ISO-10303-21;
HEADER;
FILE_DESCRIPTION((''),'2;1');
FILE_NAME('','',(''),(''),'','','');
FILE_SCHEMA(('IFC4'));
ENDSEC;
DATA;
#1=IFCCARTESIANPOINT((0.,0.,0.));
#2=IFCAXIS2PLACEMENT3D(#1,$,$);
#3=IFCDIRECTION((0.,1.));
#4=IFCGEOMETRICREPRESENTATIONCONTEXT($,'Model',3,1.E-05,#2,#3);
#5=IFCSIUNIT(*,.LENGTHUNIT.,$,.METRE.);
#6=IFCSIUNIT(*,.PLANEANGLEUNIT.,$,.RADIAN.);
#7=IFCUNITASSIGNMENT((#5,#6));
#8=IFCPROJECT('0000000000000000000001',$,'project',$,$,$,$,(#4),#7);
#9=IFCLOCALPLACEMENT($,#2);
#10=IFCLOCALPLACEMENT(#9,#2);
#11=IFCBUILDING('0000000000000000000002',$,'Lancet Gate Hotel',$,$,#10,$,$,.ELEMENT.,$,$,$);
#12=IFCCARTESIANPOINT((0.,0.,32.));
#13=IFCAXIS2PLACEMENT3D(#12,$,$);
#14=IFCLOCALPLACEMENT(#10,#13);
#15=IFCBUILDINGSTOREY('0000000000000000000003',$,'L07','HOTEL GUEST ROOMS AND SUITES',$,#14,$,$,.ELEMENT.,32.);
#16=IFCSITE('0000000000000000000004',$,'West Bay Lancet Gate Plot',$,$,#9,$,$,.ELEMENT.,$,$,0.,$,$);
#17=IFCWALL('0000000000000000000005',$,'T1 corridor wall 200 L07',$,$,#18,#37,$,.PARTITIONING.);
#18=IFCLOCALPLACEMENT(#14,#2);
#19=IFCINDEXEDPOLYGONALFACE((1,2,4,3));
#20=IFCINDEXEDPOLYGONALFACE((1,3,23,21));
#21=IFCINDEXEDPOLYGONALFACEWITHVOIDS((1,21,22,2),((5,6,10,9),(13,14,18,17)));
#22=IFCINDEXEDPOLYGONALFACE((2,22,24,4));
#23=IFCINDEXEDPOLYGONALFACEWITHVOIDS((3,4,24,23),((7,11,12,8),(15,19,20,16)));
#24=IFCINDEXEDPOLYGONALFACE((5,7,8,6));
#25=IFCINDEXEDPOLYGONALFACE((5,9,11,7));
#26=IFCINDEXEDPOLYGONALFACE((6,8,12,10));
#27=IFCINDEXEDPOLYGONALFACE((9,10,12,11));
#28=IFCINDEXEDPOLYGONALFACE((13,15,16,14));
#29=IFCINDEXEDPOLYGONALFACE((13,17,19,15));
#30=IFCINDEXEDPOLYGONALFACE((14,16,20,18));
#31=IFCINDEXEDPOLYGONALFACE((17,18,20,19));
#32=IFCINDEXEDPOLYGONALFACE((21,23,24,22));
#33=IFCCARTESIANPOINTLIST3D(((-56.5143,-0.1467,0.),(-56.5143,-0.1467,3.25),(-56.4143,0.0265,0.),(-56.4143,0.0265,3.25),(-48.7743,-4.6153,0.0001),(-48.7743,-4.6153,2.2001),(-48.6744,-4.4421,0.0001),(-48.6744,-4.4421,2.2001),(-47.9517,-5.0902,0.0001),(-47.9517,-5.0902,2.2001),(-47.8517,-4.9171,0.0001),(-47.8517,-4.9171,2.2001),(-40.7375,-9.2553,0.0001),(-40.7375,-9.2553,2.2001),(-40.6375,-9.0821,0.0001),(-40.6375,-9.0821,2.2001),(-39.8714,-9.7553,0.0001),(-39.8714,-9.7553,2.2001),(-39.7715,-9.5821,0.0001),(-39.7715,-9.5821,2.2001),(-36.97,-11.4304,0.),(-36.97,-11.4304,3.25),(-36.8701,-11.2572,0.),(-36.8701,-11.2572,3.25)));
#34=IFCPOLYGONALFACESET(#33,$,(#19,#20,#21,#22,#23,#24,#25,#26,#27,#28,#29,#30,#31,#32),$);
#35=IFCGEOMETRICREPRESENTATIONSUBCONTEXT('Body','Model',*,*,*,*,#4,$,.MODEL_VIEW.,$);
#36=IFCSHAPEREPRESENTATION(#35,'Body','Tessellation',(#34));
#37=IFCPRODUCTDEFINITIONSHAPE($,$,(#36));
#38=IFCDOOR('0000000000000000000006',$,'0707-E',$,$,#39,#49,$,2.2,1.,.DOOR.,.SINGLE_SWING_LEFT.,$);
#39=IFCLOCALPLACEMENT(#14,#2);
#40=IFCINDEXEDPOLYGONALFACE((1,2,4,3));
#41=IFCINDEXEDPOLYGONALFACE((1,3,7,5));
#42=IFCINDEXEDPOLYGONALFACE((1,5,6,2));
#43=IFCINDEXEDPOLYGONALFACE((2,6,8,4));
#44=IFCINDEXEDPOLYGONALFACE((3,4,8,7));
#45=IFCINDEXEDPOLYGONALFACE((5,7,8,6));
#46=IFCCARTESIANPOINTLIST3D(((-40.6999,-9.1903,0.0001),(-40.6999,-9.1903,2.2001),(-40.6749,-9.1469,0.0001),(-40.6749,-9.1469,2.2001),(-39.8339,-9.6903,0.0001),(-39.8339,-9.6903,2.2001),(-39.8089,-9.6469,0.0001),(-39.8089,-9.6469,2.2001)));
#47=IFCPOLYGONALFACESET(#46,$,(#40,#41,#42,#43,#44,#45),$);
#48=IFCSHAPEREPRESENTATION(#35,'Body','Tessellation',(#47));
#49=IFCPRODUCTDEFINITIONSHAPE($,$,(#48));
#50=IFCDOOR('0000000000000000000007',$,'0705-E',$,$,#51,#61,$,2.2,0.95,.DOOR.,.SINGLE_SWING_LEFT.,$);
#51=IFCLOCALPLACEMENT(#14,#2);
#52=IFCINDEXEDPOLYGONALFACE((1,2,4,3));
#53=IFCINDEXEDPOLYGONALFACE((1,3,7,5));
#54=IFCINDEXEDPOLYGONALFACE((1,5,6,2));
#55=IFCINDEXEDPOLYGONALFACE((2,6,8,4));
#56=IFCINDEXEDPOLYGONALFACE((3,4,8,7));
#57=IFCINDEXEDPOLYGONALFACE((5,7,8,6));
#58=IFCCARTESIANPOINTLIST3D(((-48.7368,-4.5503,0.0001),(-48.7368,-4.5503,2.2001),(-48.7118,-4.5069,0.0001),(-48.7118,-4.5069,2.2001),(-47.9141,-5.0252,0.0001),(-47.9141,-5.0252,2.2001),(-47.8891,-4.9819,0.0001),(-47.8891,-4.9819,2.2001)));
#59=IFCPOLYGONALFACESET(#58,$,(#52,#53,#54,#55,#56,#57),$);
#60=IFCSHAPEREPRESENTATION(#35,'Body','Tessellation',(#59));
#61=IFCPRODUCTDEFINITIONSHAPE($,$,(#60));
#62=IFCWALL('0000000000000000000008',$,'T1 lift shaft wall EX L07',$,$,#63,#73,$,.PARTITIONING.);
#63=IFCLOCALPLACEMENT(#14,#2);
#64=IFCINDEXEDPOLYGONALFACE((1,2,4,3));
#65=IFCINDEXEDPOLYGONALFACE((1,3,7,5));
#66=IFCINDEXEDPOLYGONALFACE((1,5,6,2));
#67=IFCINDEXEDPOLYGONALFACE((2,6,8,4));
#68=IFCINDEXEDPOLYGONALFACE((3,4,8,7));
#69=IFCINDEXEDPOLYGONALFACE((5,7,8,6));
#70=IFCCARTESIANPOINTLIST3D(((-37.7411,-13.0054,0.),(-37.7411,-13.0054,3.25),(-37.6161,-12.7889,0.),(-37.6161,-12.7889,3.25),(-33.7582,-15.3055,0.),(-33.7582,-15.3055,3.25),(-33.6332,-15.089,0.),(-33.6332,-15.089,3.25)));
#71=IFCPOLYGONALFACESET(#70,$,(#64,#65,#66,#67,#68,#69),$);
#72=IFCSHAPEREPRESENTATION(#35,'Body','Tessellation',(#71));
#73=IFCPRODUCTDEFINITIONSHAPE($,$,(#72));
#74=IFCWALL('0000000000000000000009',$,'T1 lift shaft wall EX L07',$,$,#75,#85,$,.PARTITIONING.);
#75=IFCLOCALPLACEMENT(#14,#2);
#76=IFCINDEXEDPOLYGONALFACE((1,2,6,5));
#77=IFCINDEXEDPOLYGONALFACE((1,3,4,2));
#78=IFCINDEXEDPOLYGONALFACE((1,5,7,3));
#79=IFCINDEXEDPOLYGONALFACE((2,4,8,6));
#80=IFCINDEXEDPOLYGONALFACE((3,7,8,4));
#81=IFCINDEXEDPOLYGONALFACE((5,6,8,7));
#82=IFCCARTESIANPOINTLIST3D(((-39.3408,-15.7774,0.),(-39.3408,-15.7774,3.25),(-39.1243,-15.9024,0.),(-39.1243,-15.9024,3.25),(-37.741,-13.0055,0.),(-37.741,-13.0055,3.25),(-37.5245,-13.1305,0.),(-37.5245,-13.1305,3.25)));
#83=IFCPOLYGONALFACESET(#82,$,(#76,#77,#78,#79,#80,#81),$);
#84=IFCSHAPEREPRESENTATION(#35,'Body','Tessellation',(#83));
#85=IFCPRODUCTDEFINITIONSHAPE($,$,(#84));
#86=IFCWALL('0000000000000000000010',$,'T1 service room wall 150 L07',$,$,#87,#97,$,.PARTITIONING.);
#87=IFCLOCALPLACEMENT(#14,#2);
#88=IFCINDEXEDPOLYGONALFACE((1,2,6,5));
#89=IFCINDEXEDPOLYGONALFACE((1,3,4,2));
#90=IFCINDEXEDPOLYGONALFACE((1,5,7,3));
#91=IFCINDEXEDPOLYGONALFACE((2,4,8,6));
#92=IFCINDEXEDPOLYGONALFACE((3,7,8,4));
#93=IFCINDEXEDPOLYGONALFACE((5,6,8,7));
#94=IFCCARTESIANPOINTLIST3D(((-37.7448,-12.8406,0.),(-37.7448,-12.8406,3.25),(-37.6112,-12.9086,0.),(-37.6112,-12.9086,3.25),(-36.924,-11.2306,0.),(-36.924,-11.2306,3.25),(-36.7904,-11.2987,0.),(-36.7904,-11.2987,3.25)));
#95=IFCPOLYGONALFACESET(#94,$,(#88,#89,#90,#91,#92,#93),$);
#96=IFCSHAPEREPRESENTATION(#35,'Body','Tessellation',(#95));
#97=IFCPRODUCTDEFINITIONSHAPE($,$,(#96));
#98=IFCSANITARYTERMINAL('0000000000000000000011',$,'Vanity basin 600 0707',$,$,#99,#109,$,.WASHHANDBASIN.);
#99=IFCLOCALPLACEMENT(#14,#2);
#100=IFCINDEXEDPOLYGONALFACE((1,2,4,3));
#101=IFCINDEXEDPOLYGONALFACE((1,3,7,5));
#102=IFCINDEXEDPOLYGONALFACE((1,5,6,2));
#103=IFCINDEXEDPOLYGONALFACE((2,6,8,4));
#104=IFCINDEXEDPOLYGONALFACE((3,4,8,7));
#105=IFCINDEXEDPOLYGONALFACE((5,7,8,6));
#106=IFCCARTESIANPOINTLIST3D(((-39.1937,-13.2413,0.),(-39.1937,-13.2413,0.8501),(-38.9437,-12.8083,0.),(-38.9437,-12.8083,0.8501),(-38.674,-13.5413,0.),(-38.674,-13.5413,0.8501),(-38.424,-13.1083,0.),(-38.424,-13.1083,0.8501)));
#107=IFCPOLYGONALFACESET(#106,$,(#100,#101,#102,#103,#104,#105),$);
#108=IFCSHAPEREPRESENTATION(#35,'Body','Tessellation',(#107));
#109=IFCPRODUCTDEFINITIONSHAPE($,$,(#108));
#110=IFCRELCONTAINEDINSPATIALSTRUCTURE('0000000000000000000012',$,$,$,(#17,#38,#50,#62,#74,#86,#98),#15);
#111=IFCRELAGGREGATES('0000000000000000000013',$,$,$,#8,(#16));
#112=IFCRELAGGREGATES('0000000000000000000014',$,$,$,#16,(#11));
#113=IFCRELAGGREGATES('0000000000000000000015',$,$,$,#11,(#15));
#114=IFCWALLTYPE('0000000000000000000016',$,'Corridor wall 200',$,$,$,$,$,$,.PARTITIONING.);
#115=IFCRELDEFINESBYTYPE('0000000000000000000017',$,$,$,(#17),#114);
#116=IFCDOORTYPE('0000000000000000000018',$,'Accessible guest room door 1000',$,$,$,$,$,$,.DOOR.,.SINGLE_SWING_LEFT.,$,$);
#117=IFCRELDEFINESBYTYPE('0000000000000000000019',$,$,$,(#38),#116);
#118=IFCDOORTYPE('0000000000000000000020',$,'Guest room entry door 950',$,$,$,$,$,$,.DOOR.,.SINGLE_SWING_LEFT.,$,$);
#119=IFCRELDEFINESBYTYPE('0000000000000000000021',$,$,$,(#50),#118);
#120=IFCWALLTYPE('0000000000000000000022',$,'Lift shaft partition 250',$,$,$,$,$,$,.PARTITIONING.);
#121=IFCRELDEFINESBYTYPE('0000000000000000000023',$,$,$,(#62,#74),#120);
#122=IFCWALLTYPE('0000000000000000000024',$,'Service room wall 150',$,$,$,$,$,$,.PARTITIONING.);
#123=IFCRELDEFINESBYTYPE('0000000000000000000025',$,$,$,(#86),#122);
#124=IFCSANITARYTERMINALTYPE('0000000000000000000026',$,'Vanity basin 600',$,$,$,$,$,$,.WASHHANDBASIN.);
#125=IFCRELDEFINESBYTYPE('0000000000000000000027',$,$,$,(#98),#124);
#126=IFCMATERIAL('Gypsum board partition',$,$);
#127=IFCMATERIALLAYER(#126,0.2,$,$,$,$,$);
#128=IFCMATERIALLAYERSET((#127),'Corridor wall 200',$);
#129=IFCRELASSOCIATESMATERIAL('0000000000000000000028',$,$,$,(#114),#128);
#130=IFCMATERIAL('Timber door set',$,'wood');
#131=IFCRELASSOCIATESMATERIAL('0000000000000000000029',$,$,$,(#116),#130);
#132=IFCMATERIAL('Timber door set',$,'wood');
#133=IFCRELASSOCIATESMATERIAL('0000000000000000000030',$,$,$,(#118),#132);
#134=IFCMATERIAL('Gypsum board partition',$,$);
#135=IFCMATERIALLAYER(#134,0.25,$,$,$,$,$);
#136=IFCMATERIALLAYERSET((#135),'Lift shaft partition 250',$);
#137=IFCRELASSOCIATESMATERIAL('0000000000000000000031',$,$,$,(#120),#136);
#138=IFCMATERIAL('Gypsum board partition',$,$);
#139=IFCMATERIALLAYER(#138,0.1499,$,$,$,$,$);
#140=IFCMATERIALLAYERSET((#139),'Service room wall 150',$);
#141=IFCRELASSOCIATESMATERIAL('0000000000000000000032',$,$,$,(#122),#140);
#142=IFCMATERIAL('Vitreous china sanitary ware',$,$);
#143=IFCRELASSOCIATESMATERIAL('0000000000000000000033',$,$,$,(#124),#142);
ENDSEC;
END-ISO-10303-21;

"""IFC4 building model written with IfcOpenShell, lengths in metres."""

from ifc_helpers import new_model, si_unit, direction, frame, frame_2d, origin, origin_2d, place, context, subcontext, project, spatial, rectangle, extrude, material, layer, layer_set, type_object, element, fill, save


model = new_model("IFC4")

# Units and contexts
model_context = context("Model", 3, precision=1e-05, world=origin(), true_north=direction((0.0, 1.0)))
body_context = subcontext(model_context, "Body", "Model", "MODEL_VIEW")
ifc_project = project(units=[si_unit("LENGTHUNIT", "METRE"), si_unit("PLANEANGLEUNIT", "RADIAN")], contexts=[model_context])

# Site, building, storey
site_placement = place(None, origin())
site = spatial("IfcSite", under=ifc_project, at=site_placement, Name="West Bay Lancet Gate Plot", CompositionType="ELEMENT", RefElevation=0.0)
building_placement = place(site_placement, origin())
building = spatial("IfcBuilding", under=site, at=building_placement, Name="Lancet Gate Hotel", CompositionType="ELEMENT")
storey_placement = place(building_placement, frame((0.0, 0.0, 32.0)))
storey = spatial("IfcBuildingStorey", under=building, at=storey_placement, Name="L07", Description="HOTEL GUEST ROOMS AND SUITES", CompositionType="ELEMENT", Elevation=32.0)

# Wall, openings, doors
ifc_material_1 = material(Name="Gypsum board partition")
ifc_layer_1 = layer(ifc_material_1, 0.2)
ifc_layer_set_1 = layer_set([ifc_layer_1], Name="Corridor wall 200")
wall_type_1 = type_object("IfcWallType", Name="Corridor wall 200", PredefinedType="PARTITIONING", material=ifc_layer_set_1)
wall_1_placement = place(storey_placement, frame((-36.9202, -11.3438, 0.0), z_axis=(0.0, 0.0, 1.0), x_axis=(-0.866028, 0.499995, 0.0)))
wall_1 = element("IfcWall", 1, at=wall_1_placement, inside=storey, type_object=wall_type_1, Name="T1 corridor wall 200 L07", PredefinedType="PARTITIONING", context=body_context, shape_type="SweptSolid", body=[
    extrude(rectangle(XDim=22.5676, YDim=0.2, at=frame_2d((11.2837, 0.0))), origin(), (0.0, 0.0, 1.0), 3.25),
])
opening_1_placement = place(wall_1_placement, frame((12.6802, 0.0, 0.0)))
opening_1 = element("IfcOpeningElement", 2, at=opening_1_placement, cuts=wall_1, PredefinedType="OPENING", context=body_context, shape_type="SweptSolid", body=[
    extrude(rectangle(XDim=0.95, YDim=2.2, at=frame_2d((0.4751, 1.1001))), frame((0.0, 0.1099, 0.0), z_axis=(0.0, -1.0, 0.0), x_axis=(1.0, 0.0, 0.0)), (0.0, 0.0, 1.0), 0.22),
])
opening_2_placement = place(wall_1_placement, frame((3.3501, 0.0, 0.0)))
opening_2 = element("IfcOpeningElement", 3, at=opening_2_placement, cuts=wall_1, PredefinedType="OPENING", context=body_context, shape_type="SweptSolid", body=[
    extrude(rectangle(XDim=1.0, YDim=2.2, at=frame_2d((0.5, 1.1001))), frame((0.0, 0.1099, 0.0), z_axis=(0.0, -1.0, 0.0), x_axis=(1.0, 0.0, 0.0)), (0.0, 0.0, 1.0), 0.22),
])
ifc_material_2 = material(Name="Timber door set", Category="wood")
door_type_1 = type_object("IfcDoorType", Name="Accessible guest room door 1000", OperationType="SINGLE_SWING_LEFT", PredefinedType="DOOR", material=ifc_material_2)
door_1_placement = place(opening_2_placement, origin())
door_1 = element("IfcDoor", 4, at=door_1_placement, inside=storey, type_object=door_type_1, Name="0707-E", OperationType="SINGLE_SWING_LEFT", OverallHeight=2.2, OverallWidth=1.0, PredefinedType="DOOR", context=body_context, shape_type="SweptSolid", body=[
    extrude(rectangle(XDim=1.0, YDim=2.2, at=frame_2d((0.5, 1.1001))), frame((0.0, 0.0249, 0.0), z_axis=(0.0, -1.0, 0.0), x_axis=(1.0, 0.0, 0.0)), (0.0, 0.0, 1.0), 0.05),
])
fill(opening_2, door_1)
ifc_material_3 = material(Name="Timber door set", Category="wood")
door_type_2 = type_object("IfcDoorType", Name="Guest room entry door 950", OperationType="SINGLE_SWING_LEFT", PredefinedType="DOOR", material=ifc_material_3)
door_2_placement = place(opening_1_placement, origin())
door_2 = element("IfcDoor", 5, at=door_2_placement, inside=storey, type_object=door_type_2, Name="0705-E", OperationType="SINGLE_SWING_LEFT", OverallHeight=2.2, OverallWidth=0.95, PredefinedType="DOOR", context=body_context, shape_type="SweptSolid", body=[
    extrude(rectangle(XDim=0.95, YDim=2.2, at=frame_2d((0.4751, 1.1001))), frame((0.0, 0.0249, 0.0), z_axis=(0.0, -1.0, 0.0), x_axis=(1.0, 0.0, 0.0)), (0.0, 0.0, 1.0), 0.05),
])
fill(opening_1, door_2)

# Walls
ifc_material_4 = material(Name="Gypsum board partition")
ifc_layer_2 = layer(ifc_material_4, 0.25)
ifc_layer_set_2 = layer_set([ifc_layer_2], Name="Lift shaft partition 250")
wall_type_2 = type_object("IfcWallType", Name="Lift shaft partition 250", PredefinedType="PARTITIONING", material=ifc_layer_set_2)
wall_2_placement = place(storey_placement, frame((-33.6956, -15.1973, 0.0), z_axis=(0.0, 0.0, 1.0), x_axis=(-0.865977, 0.500084, 0.0)))
element("IfcWall", 6, at=wall_2_placement, inside=storey, type_object=wall_type_2, Name="T1 lift shaft wall EX L07", PredefinedType="PARTITIONING", context=body_context, shape_type="SweptSolid", body=[
    extrude(rectangle(XDim=4.5994, YDim=0.25, at=frame_2d((2.2998, 0.0))), origin(), (0.0, 0.0, 1.0), 3.25),
])
wall_3_placement = place(storey_placement, frame((-37.6328, -13.0681, 0.0), z_axis=(0.0, 0.0, 1.0), x_axis=(-0.499872, -0.866099, 0.0)))
element("IfcWall", 7, at=wall_3_placement, inside=storey, type_object=wall_type_2, Name="T1 lift shaft wall EX L07", PredefinedType="PARTITIONING", context=body_context, shape_type="SweptSolid", body=[
    extrude(rectangle(XDim=3.2004, YDim=0.25, at=frame_2d((1.6001, 0.0))), origin(), (0.0, 0.0, 1.0), 3.25),
])
ifc_material_5 = material(Name="Gypsum board partition")
ifc_layer_3 = layer(ifc_material_5, 0.1499)
ifc_layer_set_3 = layer_set([ifc_layer_3], Name="Service room wall 150")
wall_type_3 = type_object("IfcWallType", Name="Service room wall 150", PredefinedType="PARTITIONING", material=ifc_layer_set_3)
wall_4_placement = place(storey_placement, frame((-36.8572, -11.2646, 0.0), z_axis=(0.0, 0.0, 1.0), x_axis=(-0.454225, -0.890887, 0.0)))
element("IfcWall", 8, at=wall_4_placement, inside=storey, type_object=wall_type_3, Name="T1 service room wall 150 L07", PredefinedType="PARTITIONING", context=body_context, shape_type="SweptSolid", body=[
    extrude(rectangle(XDim=1.8071, YDim=0.1499, at=frame_2d((0.9036, 0.0))), origin(), (0.0, 0.0, 1.0), 3.25),
])

# Sanitary terminal
ifc_material_6 = material(Name="Vitreous china sanitary ware")
sanitary_terminal_type = type_object("IfcSanitaryTerminalType", Name="Vanity basin 600", PredefinedType="WASHHANDBASIN", material=ifc_material_6)
sanitary_terminal_placement = place(storey_placement, frame((-38.8088, -13.1748, 0.0), z_axis=(0.0, 0.0, 1.0), x_axis=(-0.866025, 0.5, 0.0)))
element("IfcSanitaryTerminal", 9, at=sanitary_terminal_placement, inside=storey, type_object=sanitary_terminal_type, Name="Vanity basin 600 0707", PredefinedType="WASHHANDBASIN", context=body_context, shape_type="SweptSolid", body=[
    extrude(rectangle(XDim=0.6001, YDim=0.5, at=origin_2d()), origin(), (0.0, 0.0, 1.0), 0.8501),
])

save(model, "model.ifc")
